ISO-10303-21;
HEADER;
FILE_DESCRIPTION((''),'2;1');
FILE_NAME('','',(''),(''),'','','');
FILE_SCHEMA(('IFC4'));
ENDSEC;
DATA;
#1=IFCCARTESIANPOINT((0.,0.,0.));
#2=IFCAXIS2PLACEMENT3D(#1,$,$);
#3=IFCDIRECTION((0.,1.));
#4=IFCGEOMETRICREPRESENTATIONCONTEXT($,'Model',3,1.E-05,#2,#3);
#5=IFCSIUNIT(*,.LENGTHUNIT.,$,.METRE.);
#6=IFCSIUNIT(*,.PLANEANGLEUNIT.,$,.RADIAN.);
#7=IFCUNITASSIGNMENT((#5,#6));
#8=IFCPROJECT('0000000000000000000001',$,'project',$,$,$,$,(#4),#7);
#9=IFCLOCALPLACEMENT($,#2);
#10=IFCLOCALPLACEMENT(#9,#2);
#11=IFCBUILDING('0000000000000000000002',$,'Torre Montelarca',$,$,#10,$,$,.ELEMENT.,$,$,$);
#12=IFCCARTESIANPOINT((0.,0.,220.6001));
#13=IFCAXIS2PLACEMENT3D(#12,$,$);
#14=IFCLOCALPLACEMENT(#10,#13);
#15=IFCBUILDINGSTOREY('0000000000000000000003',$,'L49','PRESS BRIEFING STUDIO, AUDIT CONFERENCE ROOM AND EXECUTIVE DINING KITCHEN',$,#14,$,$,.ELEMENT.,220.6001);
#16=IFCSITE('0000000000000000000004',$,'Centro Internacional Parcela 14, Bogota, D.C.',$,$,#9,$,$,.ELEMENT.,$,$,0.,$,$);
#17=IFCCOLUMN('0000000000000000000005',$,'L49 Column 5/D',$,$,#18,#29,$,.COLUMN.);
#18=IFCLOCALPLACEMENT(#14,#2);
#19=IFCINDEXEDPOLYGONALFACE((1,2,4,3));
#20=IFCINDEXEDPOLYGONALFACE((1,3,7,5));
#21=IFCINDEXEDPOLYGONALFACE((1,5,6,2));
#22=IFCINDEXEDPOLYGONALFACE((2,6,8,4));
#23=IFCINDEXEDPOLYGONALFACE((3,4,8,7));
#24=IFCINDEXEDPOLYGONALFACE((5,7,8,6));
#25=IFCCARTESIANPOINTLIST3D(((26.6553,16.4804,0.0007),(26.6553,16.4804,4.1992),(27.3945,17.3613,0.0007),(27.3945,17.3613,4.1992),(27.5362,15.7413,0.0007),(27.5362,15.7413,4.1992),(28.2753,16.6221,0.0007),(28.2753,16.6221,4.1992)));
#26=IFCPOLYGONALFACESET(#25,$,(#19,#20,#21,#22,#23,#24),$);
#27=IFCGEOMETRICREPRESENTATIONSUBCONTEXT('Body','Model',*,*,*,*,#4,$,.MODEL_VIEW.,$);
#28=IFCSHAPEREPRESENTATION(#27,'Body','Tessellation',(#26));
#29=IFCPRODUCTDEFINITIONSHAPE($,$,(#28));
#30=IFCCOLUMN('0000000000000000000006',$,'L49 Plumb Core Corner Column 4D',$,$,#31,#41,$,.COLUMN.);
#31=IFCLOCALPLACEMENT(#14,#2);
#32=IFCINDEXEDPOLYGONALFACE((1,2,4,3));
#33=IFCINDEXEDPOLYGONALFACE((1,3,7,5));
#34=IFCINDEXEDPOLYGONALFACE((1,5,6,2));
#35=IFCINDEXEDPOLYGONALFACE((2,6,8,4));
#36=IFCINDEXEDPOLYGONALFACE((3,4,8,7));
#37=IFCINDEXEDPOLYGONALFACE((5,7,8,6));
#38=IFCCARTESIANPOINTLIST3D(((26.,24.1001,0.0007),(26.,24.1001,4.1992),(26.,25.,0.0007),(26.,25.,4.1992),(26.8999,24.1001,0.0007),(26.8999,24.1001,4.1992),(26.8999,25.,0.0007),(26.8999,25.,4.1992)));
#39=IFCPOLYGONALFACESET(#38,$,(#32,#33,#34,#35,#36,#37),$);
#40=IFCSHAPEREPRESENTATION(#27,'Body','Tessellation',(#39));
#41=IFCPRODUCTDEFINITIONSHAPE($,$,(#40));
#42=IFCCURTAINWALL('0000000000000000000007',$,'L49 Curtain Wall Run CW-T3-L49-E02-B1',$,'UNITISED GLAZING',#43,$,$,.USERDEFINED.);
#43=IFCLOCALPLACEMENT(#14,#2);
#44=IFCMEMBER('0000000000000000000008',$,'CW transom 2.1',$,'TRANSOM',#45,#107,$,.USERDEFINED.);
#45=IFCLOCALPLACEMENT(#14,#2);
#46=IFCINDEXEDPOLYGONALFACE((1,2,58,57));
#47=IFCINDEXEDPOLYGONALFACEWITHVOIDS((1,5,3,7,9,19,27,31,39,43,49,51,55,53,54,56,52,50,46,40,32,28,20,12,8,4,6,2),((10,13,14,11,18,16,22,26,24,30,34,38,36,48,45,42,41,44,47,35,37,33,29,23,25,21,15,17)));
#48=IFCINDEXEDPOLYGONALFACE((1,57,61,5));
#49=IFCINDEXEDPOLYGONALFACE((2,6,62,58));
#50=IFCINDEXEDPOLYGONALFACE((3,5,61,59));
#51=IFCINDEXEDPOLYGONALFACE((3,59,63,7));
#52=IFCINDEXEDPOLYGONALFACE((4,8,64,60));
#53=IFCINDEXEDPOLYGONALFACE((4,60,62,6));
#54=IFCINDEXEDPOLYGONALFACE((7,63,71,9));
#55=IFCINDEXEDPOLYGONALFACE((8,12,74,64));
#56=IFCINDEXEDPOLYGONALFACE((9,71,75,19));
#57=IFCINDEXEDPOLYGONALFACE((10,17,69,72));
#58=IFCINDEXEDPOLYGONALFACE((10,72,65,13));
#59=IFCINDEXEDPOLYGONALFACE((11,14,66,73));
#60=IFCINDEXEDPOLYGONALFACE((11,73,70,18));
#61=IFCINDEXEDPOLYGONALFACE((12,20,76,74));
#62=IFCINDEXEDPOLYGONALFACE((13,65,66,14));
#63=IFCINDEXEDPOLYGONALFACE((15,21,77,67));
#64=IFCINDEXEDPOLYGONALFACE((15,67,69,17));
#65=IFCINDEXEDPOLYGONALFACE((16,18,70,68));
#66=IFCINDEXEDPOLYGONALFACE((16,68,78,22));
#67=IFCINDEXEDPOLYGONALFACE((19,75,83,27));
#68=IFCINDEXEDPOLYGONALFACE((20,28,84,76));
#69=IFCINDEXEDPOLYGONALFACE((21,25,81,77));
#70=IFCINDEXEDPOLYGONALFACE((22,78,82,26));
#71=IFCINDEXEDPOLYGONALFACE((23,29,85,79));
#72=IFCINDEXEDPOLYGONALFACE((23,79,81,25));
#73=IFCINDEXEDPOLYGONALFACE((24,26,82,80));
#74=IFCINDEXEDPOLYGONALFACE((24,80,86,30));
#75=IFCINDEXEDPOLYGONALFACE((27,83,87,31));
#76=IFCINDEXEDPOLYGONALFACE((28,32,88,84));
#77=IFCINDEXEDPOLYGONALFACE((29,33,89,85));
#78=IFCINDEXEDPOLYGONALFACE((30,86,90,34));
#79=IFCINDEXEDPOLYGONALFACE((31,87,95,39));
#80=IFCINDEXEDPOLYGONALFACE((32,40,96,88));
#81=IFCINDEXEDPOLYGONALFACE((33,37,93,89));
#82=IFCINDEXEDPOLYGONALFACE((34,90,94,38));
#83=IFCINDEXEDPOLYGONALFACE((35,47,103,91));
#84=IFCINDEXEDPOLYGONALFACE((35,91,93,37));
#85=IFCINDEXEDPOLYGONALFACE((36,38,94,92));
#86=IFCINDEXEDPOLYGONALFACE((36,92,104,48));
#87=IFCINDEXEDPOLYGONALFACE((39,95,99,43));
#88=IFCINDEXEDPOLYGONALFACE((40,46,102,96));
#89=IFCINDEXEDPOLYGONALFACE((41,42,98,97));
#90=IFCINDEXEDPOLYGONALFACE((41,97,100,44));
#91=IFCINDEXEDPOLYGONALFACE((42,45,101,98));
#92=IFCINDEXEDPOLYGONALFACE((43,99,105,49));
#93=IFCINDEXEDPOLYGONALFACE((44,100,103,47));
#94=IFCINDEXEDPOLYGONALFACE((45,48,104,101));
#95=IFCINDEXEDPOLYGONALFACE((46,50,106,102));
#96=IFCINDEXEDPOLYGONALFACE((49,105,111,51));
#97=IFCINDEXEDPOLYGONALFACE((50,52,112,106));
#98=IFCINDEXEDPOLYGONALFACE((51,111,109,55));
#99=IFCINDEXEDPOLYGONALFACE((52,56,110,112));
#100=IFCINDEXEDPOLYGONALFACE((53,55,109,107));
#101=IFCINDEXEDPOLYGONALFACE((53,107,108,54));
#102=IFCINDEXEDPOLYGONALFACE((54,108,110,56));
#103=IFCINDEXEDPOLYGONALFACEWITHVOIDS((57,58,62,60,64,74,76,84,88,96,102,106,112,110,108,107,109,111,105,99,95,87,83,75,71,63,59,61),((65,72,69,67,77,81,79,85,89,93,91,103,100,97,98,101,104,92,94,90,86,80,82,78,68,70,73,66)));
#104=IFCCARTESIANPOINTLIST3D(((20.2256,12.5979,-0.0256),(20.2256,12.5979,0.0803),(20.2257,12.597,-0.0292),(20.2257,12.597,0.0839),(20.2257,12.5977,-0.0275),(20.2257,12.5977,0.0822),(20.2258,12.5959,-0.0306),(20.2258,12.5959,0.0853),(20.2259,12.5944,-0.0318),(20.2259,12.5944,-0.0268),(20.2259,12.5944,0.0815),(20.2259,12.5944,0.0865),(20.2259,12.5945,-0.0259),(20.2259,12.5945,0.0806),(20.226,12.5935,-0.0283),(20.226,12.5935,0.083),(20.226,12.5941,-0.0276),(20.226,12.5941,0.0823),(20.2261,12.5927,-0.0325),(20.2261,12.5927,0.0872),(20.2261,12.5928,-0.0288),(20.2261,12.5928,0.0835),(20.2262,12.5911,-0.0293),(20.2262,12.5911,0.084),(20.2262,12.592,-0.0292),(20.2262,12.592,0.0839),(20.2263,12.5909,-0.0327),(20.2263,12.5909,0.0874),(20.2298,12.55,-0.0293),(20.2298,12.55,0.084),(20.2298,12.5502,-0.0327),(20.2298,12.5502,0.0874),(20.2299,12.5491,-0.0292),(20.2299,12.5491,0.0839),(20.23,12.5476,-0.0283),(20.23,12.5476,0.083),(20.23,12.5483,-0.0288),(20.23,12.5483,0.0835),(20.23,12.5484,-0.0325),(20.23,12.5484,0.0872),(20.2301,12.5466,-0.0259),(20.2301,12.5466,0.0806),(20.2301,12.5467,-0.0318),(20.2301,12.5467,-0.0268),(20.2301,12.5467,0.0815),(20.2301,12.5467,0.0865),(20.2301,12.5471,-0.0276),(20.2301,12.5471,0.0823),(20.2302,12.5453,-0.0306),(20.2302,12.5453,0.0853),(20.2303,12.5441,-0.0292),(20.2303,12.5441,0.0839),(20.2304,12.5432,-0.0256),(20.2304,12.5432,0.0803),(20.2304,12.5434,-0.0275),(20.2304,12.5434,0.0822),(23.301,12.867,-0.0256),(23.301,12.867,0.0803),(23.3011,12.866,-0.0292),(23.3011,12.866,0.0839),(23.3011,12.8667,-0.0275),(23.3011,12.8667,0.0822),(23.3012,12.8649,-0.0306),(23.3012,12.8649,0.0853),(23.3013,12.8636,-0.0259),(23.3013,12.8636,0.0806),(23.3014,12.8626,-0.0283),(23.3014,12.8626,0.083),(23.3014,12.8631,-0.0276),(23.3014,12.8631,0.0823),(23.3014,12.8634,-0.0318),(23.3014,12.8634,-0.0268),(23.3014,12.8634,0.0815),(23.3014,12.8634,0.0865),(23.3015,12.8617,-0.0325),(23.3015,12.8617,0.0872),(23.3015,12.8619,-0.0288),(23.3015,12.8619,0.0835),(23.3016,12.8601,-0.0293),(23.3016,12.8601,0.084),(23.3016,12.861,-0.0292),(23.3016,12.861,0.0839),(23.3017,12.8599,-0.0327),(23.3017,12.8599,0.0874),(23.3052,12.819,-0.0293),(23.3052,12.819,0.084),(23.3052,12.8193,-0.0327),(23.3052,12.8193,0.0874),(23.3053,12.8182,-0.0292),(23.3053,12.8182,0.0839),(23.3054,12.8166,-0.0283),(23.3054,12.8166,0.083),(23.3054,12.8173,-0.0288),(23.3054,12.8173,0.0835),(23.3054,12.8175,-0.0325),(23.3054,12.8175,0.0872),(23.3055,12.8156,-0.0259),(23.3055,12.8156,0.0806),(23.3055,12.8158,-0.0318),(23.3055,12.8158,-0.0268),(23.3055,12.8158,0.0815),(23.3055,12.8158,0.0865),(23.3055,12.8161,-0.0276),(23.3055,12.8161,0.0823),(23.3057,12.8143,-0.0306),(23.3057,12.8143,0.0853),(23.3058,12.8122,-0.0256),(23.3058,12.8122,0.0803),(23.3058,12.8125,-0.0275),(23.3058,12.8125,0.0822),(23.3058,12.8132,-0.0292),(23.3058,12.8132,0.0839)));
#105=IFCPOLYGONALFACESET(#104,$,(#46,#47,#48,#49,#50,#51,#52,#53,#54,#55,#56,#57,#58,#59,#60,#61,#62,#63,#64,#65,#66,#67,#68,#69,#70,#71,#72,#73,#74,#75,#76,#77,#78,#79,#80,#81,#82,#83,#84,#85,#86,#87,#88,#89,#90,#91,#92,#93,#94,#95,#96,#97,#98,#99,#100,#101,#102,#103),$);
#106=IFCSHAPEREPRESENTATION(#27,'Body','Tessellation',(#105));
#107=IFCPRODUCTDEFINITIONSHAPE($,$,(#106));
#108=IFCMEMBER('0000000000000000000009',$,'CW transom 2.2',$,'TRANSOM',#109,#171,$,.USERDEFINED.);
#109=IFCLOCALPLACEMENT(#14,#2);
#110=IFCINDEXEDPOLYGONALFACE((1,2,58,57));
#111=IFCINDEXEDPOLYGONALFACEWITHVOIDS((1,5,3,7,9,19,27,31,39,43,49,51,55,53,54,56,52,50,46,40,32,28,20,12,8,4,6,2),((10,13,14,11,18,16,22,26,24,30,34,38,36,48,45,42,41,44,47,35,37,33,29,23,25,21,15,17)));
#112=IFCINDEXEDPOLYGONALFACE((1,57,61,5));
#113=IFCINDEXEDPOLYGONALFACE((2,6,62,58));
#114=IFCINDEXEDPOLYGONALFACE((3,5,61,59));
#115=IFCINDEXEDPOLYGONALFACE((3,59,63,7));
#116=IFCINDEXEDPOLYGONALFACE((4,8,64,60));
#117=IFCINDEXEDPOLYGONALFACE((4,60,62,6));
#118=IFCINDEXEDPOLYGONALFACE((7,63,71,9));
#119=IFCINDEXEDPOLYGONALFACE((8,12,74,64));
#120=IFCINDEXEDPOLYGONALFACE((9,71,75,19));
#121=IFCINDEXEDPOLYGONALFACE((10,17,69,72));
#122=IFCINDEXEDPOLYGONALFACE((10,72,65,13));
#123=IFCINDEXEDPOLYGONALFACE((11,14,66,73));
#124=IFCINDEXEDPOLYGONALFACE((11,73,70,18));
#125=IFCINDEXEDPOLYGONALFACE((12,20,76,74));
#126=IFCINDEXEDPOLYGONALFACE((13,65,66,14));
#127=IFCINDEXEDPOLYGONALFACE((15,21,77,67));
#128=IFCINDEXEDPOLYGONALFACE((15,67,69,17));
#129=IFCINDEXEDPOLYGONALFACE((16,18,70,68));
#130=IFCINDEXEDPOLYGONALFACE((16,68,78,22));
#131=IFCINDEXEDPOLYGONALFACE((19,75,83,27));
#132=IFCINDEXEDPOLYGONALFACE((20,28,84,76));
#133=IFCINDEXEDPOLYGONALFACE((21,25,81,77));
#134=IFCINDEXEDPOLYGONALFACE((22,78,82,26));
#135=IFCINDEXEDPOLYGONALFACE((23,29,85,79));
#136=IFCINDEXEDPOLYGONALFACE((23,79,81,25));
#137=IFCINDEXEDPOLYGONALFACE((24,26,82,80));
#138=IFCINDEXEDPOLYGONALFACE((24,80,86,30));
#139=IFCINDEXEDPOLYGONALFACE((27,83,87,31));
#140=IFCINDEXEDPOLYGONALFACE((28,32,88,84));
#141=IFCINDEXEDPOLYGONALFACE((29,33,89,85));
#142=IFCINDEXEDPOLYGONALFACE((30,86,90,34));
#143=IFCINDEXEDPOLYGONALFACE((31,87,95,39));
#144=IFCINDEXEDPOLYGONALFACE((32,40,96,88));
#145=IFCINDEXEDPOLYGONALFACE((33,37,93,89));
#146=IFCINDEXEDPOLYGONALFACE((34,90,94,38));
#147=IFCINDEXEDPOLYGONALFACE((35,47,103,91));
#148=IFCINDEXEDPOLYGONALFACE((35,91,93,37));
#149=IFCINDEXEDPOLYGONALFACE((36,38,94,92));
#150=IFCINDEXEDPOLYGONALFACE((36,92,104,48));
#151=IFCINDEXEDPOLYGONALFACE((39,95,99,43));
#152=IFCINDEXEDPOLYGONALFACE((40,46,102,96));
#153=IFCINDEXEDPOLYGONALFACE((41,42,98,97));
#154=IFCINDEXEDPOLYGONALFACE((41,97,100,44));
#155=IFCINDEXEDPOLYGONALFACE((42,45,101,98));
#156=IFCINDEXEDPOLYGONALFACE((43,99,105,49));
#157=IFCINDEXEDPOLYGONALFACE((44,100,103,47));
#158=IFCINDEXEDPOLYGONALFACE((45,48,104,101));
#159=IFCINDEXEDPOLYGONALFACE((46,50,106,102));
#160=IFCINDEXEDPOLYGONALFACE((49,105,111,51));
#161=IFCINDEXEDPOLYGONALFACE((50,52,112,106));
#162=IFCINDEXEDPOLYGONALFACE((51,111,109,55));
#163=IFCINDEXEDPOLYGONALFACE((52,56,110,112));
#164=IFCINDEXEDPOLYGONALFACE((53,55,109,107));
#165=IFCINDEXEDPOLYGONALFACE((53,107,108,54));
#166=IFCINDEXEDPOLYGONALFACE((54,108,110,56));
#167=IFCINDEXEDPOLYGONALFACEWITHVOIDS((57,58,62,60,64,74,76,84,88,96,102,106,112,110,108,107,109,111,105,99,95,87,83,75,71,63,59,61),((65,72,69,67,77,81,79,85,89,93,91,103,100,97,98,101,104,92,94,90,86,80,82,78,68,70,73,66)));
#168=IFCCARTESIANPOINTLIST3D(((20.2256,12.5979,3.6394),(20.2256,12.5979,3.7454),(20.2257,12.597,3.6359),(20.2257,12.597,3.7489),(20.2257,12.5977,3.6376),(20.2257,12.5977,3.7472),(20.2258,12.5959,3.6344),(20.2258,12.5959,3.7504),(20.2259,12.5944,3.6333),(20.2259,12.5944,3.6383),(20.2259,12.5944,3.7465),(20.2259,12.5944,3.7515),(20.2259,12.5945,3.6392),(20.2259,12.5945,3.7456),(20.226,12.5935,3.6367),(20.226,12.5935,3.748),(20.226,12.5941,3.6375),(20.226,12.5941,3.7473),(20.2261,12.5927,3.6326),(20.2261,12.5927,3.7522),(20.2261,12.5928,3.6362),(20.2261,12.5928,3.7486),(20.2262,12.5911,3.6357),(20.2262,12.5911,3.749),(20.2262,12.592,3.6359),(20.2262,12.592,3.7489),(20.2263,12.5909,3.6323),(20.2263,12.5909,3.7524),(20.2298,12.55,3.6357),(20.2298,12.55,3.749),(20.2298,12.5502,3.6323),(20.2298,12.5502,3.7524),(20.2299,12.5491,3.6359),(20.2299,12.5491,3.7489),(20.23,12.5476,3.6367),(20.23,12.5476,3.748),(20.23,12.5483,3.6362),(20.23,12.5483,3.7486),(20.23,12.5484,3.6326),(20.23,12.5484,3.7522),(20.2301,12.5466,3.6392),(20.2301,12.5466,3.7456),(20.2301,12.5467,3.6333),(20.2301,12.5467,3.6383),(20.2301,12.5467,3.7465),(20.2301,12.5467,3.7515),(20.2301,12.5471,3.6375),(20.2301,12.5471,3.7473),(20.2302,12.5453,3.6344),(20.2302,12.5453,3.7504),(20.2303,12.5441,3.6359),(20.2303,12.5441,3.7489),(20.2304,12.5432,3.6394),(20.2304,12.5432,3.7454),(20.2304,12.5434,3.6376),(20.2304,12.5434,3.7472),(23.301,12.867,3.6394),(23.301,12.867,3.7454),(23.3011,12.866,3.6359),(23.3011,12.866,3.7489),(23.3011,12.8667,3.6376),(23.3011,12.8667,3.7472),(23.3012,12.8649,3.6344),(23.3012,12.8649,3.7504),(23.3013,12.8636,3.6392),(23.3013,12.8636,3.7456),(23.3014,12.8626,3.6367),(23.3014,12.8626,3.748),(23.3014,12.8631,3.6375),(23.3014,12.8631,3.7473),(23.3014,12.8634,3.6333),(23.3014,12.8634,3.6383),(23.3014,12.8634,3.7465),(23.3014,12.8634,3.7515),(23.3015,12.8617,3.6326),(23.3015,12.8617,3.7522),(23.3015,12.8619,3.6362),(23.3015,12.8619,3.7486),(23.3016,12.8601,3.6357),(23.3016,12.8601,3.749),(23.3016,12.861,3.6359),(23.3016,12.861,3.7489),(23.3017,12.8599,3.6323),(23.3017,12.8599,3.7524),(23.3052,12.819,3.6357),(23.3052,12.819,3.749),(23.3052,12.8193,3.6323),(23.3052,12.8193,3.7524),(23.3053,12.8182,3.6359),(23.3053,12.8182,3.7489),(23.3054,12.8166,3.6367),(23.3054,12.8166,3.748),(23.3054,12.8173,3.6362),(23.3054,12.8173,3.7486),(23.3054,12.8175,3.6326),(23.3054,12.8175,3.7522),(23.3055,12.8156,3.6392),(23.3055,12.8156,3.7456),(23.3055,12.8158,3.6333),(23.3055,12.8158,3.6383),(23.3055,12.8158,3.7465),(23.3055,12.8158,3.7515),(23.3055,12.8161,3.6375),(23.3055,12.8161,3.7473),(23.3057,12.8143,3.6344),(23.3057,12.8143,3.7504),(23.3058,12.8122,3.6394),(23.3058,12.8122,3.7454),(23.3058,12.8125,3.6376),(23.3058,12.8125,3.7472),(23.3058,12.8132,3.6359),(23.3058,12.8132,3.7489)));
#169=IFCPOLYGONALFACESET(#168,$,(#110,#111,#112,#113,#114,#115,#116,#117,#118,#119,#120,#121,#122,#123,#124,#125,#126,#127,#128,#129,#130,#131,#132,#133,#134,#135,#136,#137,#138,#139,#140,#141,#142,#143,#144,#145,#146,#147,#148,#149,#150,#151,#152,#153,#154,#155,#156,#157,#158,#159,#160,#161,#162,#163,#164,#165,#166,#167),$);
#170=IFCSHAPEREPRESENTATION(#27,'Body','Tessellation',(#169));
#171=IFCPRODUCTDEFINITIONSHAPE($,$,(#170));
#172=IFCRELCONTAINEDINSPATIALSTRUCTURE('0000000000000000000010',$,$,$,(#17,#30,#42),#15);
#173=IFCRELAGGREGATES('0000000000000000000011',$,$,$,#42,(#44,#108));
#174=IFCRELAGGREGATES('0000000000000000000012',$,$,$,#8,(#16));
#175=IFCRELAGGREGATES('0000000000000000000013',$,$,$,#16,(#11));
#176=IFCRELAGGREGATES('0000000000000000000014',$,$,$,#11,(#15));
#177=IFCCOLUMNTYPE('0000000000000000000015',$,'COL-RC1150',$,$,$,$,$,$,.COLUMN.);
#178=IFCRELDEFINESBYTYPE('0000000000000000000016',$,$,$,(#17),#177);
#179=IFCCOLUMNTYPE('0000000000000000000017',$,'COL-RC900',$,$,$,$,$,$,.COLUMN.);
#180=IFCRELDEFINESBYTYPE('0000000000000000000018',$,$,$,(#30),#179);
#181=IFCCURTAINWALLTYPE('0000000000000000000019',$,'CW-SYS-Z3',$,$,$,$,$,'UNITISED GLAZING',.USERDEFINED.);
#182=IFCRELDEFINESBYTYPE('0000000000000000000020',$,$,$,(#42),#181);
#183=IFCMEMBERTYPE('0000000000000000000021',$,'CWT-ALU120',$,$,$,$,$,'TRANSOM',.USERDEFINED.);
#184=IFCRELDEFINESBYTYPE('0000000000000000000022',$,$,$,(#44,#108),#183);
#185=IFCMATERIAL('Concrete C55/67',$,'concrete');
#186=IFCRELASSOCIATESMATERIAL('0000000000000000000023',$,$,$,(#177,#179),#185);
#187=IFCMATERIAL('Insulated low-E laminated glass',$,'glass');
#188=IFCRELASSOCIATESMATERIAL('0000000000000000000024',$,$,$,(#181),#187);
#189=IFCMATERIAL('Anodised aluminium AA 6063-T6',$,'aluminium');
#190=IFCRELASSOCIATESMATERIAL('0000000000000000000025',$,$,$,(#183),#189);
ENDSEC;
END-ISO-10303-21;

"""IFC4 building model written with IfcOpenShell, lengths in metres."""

from ifc_helpers import new_model, si_unit, direction, frame, origin, origin_2d, place, context, subcontext, project, spatial, rectangle, hollow_rectangle, extrude, source, transform, mapped, material, material_profile, profile_set, type_object, element, aggregate, save


model = new_model("IFC4")

# Units and contexts
model_context = context("Model", 3, precision=1e-05, world=origin(), true_north=direction((0.0, 1.0)))
body_context = subcontext(model_context, "Body", "Model", "MODEL_VIEW")
ifc_project = project(units=[si_unit("LENGTHUNIT", "METRE"), si_unit("PLANEANGLEUNIT", "RADIAN")], contexts=[model_context])

# Site, building, storey
site_placement = place(None, origin())
site = spatial("IfcSite", under=ifc_project, at=site_placement, Name="Centro Internacional Parcela 14, Bogota, D.C.", CompositionType="ELEMENT", RefElevation=0.0)
building_placement = place(site_placement, origin())
building = spatial("IfcBuilding", under=site, at=building_placement, Name="Torre Montelarca", CompositionType="ELEMENT")
storey_placement = place(building_placement, frame((0.0, 0.0, 220.6001)))
storey = spatial("IfcBuildingStorey", under=building, at=storey_placement, Name="L49", Description="PRESS BRIEFING STUDIO, AUDIT CONFERENCE ROOM AND EXECUTIVE DINING KITCHEN", CompositionType="ELEMENT", Elevation=220.6001)

# Columns
ifc_material_1 = material(Name="Concrete C55/67", Category="concrete")
ifc_material_profile_1 = material_profile(ifc_material_1, rectangle(XDim=1.1499, YDim=1.1499, at=origin_2d()), Name="RC1150X1150", Category="concrete")
ifc_profile_set_1 = profile_set([ifc_material_profile_1], Name="Concrete C55/67")
column_type_1 = type_object("IfcColumnType", Name="COL-RC1150", PredefinedType="COLUMN", material=ifc_profile_set_1)
shared_shape_1 = source(origin(), body_context, "Body", "SweptSolid", [
    extrude(rectangle(XDim=1.1499, YDim=1.1499, at=origin_2d()), origin(), (0.0, 0.0, 1.0), 4.1985),
])
column_1_placement = place(storey_placement, frame((27.4653, 16.5513, 0.0007), z_axis=(0.0, 0.0, 1.0), x_axis=(-0.766044, 0.642788, 0.0)))
element("IfcColumn", 1, at=column_1_placement, inside=storey, type_object=column_type_1, Name="L49 Column 5/D", PredefinedType="COLUMN", context=body_context, shape_type="MappedRepresentation", body=[
    mapped(shared_shape_1, transform((0.0, 0.0, 0.0), scale=1.0)),
])
ifc_material_profile_2 = material_profile(ifc_material_1, rectangle(XDim=0.8999, YDim=0.8999, at=origin_2d()), Name="RC900X900", Category="concrete")
ifc_profile_set_2 = profile_set([ifc_material_profile_2], Name="Concrete C55/67")
column_type_2 = type_object("IfcColumnType", Name="COL-RC900", PredefinedType="COLUMN", material=ifc_profile_set_2)
shared_shape_2 = source(origin(), body_context, "Body", "SweptSolid", [
    extrude(rectangle(XDim=0.8999, YDim=0.8999, at=origin_2d()), origin(), (0.0, 0.0, 1.0), 4.1985),
])
column_2_placement = place(storey_placement, frame((26.45, 24.55, 0.0007), z_axis=(0.0, 0.0, 1.0), x_axis=(1.0, 0.0, 0.0)))
element("IfcColumn", 2, at=column_2_placement, inside=storey, type_object=column_type_2, Name="L49 Plumb Core Corner Column 4D", PredefinedType="COLUMN", context=body_context, shape_type="MappedRepresentation", body=[
    mapped(shared_shape_2, transform((0.0, 0.0, 0.0), scale=1.0)),
])

# Curtain wall, members
ifc_material_2 = material(Name="Insulated low-E laminated glass", Category="glass")
curtain_wall_type = type_object("IfcCurtainWallType", Name="CW-SYS-Z3", ElementType="UNITISED GLAZING", PredefinedType="USERDEFINED", material=ifc_material_2)
curtain_wall_1_placement = place(storey_placement, origin())
curtain_wall_1 = element("IfcCurtainWall", 3, at=curtain_wall_1_placement, inside=storey, type_object=curtain_wall_type, Name="L49 Curtain Wall Run CW-T3-L49-E02-B1", ObjectType="UNITISED GLAZING", PredefinedType="USERDEFINED")
ifc_material_3 = material(Name="Anodised aluminium AA 6063-T6", Category="aluminium")
ifc_material_profile_3 = material_profile(ifc_material_3, hollow_rectangle(XDim=0.0549, YDim=0.1201, WallThickness=0.0034, InnerFilletRadius=0.0034, OuterFilletRadius=0.0071, at=origin_2d()), Name="ALU55X120X3.5", Category="aluminium")
ifc_profile_set_3 = profile_set([ifc_material_profile_3], Name="Anodised aluminium AA 6063-T6")
member_type_1 = type_object("IfcMemberType", Name="CWT-ALU120", ElementType="TRANSOM", PredefinedType="USERDEFINED", material=ifc_profile_set_3)
shared_shape_3 = source(origin(), body_context, "Body", "SweptSolid", [
    extrude(hollow_rectangle(XDim=0.0549, YDim=0.1201, WallThickness=0.0034, InnerFilletRadius=0.0034, OuterFilletRadius=0.0071, at=origin_2d()), origin(), (0.0, 0.0, 1.0), 3.0872),
])
member_1_placement = place(storey_placement, frame((20.228, 12.5706, 0.0273), z_axis=(0.996195, 0.087148, 0.0), x_axis=(-0.087148, 0.996195, 0.0)))
member_1 = element("IfcMember", 4, at=member_1_placement, type_object=member_type_1, Name="CW transom 2.1", ObjectType="TRANSOM", PredefinedType="USERDEFINED", context=body_context, shape_type="MappedRepresentation", body=[
    mapped(shared_shape_3, transform((0.0, 0.0, 0.0), scale=1.0)),
])
member_2_placement = place(storey_placement, frame((20.228, 12.5706, 3.6924), z_axis=(0.996195, 0.087148, 0.0), x_axis=(-0.087148, 0.996195, 0.0)))
member_2 = element("IfcMember", 5, at=member_2_placement, type_object=member_type_1, Name="CW transom 2.2", ObjectType="TRANSOM", PredefinedType="USERDEFINED", context=body_context, shape_type="MappedRepresentation", body=[
    mapped(shared_shape_3, transform((0.0, 0.0, 0.0), scale=1.0)),
])

aggregate(curtain_wall_1, [member_1, member_2])

save(model, "model.ifc")
